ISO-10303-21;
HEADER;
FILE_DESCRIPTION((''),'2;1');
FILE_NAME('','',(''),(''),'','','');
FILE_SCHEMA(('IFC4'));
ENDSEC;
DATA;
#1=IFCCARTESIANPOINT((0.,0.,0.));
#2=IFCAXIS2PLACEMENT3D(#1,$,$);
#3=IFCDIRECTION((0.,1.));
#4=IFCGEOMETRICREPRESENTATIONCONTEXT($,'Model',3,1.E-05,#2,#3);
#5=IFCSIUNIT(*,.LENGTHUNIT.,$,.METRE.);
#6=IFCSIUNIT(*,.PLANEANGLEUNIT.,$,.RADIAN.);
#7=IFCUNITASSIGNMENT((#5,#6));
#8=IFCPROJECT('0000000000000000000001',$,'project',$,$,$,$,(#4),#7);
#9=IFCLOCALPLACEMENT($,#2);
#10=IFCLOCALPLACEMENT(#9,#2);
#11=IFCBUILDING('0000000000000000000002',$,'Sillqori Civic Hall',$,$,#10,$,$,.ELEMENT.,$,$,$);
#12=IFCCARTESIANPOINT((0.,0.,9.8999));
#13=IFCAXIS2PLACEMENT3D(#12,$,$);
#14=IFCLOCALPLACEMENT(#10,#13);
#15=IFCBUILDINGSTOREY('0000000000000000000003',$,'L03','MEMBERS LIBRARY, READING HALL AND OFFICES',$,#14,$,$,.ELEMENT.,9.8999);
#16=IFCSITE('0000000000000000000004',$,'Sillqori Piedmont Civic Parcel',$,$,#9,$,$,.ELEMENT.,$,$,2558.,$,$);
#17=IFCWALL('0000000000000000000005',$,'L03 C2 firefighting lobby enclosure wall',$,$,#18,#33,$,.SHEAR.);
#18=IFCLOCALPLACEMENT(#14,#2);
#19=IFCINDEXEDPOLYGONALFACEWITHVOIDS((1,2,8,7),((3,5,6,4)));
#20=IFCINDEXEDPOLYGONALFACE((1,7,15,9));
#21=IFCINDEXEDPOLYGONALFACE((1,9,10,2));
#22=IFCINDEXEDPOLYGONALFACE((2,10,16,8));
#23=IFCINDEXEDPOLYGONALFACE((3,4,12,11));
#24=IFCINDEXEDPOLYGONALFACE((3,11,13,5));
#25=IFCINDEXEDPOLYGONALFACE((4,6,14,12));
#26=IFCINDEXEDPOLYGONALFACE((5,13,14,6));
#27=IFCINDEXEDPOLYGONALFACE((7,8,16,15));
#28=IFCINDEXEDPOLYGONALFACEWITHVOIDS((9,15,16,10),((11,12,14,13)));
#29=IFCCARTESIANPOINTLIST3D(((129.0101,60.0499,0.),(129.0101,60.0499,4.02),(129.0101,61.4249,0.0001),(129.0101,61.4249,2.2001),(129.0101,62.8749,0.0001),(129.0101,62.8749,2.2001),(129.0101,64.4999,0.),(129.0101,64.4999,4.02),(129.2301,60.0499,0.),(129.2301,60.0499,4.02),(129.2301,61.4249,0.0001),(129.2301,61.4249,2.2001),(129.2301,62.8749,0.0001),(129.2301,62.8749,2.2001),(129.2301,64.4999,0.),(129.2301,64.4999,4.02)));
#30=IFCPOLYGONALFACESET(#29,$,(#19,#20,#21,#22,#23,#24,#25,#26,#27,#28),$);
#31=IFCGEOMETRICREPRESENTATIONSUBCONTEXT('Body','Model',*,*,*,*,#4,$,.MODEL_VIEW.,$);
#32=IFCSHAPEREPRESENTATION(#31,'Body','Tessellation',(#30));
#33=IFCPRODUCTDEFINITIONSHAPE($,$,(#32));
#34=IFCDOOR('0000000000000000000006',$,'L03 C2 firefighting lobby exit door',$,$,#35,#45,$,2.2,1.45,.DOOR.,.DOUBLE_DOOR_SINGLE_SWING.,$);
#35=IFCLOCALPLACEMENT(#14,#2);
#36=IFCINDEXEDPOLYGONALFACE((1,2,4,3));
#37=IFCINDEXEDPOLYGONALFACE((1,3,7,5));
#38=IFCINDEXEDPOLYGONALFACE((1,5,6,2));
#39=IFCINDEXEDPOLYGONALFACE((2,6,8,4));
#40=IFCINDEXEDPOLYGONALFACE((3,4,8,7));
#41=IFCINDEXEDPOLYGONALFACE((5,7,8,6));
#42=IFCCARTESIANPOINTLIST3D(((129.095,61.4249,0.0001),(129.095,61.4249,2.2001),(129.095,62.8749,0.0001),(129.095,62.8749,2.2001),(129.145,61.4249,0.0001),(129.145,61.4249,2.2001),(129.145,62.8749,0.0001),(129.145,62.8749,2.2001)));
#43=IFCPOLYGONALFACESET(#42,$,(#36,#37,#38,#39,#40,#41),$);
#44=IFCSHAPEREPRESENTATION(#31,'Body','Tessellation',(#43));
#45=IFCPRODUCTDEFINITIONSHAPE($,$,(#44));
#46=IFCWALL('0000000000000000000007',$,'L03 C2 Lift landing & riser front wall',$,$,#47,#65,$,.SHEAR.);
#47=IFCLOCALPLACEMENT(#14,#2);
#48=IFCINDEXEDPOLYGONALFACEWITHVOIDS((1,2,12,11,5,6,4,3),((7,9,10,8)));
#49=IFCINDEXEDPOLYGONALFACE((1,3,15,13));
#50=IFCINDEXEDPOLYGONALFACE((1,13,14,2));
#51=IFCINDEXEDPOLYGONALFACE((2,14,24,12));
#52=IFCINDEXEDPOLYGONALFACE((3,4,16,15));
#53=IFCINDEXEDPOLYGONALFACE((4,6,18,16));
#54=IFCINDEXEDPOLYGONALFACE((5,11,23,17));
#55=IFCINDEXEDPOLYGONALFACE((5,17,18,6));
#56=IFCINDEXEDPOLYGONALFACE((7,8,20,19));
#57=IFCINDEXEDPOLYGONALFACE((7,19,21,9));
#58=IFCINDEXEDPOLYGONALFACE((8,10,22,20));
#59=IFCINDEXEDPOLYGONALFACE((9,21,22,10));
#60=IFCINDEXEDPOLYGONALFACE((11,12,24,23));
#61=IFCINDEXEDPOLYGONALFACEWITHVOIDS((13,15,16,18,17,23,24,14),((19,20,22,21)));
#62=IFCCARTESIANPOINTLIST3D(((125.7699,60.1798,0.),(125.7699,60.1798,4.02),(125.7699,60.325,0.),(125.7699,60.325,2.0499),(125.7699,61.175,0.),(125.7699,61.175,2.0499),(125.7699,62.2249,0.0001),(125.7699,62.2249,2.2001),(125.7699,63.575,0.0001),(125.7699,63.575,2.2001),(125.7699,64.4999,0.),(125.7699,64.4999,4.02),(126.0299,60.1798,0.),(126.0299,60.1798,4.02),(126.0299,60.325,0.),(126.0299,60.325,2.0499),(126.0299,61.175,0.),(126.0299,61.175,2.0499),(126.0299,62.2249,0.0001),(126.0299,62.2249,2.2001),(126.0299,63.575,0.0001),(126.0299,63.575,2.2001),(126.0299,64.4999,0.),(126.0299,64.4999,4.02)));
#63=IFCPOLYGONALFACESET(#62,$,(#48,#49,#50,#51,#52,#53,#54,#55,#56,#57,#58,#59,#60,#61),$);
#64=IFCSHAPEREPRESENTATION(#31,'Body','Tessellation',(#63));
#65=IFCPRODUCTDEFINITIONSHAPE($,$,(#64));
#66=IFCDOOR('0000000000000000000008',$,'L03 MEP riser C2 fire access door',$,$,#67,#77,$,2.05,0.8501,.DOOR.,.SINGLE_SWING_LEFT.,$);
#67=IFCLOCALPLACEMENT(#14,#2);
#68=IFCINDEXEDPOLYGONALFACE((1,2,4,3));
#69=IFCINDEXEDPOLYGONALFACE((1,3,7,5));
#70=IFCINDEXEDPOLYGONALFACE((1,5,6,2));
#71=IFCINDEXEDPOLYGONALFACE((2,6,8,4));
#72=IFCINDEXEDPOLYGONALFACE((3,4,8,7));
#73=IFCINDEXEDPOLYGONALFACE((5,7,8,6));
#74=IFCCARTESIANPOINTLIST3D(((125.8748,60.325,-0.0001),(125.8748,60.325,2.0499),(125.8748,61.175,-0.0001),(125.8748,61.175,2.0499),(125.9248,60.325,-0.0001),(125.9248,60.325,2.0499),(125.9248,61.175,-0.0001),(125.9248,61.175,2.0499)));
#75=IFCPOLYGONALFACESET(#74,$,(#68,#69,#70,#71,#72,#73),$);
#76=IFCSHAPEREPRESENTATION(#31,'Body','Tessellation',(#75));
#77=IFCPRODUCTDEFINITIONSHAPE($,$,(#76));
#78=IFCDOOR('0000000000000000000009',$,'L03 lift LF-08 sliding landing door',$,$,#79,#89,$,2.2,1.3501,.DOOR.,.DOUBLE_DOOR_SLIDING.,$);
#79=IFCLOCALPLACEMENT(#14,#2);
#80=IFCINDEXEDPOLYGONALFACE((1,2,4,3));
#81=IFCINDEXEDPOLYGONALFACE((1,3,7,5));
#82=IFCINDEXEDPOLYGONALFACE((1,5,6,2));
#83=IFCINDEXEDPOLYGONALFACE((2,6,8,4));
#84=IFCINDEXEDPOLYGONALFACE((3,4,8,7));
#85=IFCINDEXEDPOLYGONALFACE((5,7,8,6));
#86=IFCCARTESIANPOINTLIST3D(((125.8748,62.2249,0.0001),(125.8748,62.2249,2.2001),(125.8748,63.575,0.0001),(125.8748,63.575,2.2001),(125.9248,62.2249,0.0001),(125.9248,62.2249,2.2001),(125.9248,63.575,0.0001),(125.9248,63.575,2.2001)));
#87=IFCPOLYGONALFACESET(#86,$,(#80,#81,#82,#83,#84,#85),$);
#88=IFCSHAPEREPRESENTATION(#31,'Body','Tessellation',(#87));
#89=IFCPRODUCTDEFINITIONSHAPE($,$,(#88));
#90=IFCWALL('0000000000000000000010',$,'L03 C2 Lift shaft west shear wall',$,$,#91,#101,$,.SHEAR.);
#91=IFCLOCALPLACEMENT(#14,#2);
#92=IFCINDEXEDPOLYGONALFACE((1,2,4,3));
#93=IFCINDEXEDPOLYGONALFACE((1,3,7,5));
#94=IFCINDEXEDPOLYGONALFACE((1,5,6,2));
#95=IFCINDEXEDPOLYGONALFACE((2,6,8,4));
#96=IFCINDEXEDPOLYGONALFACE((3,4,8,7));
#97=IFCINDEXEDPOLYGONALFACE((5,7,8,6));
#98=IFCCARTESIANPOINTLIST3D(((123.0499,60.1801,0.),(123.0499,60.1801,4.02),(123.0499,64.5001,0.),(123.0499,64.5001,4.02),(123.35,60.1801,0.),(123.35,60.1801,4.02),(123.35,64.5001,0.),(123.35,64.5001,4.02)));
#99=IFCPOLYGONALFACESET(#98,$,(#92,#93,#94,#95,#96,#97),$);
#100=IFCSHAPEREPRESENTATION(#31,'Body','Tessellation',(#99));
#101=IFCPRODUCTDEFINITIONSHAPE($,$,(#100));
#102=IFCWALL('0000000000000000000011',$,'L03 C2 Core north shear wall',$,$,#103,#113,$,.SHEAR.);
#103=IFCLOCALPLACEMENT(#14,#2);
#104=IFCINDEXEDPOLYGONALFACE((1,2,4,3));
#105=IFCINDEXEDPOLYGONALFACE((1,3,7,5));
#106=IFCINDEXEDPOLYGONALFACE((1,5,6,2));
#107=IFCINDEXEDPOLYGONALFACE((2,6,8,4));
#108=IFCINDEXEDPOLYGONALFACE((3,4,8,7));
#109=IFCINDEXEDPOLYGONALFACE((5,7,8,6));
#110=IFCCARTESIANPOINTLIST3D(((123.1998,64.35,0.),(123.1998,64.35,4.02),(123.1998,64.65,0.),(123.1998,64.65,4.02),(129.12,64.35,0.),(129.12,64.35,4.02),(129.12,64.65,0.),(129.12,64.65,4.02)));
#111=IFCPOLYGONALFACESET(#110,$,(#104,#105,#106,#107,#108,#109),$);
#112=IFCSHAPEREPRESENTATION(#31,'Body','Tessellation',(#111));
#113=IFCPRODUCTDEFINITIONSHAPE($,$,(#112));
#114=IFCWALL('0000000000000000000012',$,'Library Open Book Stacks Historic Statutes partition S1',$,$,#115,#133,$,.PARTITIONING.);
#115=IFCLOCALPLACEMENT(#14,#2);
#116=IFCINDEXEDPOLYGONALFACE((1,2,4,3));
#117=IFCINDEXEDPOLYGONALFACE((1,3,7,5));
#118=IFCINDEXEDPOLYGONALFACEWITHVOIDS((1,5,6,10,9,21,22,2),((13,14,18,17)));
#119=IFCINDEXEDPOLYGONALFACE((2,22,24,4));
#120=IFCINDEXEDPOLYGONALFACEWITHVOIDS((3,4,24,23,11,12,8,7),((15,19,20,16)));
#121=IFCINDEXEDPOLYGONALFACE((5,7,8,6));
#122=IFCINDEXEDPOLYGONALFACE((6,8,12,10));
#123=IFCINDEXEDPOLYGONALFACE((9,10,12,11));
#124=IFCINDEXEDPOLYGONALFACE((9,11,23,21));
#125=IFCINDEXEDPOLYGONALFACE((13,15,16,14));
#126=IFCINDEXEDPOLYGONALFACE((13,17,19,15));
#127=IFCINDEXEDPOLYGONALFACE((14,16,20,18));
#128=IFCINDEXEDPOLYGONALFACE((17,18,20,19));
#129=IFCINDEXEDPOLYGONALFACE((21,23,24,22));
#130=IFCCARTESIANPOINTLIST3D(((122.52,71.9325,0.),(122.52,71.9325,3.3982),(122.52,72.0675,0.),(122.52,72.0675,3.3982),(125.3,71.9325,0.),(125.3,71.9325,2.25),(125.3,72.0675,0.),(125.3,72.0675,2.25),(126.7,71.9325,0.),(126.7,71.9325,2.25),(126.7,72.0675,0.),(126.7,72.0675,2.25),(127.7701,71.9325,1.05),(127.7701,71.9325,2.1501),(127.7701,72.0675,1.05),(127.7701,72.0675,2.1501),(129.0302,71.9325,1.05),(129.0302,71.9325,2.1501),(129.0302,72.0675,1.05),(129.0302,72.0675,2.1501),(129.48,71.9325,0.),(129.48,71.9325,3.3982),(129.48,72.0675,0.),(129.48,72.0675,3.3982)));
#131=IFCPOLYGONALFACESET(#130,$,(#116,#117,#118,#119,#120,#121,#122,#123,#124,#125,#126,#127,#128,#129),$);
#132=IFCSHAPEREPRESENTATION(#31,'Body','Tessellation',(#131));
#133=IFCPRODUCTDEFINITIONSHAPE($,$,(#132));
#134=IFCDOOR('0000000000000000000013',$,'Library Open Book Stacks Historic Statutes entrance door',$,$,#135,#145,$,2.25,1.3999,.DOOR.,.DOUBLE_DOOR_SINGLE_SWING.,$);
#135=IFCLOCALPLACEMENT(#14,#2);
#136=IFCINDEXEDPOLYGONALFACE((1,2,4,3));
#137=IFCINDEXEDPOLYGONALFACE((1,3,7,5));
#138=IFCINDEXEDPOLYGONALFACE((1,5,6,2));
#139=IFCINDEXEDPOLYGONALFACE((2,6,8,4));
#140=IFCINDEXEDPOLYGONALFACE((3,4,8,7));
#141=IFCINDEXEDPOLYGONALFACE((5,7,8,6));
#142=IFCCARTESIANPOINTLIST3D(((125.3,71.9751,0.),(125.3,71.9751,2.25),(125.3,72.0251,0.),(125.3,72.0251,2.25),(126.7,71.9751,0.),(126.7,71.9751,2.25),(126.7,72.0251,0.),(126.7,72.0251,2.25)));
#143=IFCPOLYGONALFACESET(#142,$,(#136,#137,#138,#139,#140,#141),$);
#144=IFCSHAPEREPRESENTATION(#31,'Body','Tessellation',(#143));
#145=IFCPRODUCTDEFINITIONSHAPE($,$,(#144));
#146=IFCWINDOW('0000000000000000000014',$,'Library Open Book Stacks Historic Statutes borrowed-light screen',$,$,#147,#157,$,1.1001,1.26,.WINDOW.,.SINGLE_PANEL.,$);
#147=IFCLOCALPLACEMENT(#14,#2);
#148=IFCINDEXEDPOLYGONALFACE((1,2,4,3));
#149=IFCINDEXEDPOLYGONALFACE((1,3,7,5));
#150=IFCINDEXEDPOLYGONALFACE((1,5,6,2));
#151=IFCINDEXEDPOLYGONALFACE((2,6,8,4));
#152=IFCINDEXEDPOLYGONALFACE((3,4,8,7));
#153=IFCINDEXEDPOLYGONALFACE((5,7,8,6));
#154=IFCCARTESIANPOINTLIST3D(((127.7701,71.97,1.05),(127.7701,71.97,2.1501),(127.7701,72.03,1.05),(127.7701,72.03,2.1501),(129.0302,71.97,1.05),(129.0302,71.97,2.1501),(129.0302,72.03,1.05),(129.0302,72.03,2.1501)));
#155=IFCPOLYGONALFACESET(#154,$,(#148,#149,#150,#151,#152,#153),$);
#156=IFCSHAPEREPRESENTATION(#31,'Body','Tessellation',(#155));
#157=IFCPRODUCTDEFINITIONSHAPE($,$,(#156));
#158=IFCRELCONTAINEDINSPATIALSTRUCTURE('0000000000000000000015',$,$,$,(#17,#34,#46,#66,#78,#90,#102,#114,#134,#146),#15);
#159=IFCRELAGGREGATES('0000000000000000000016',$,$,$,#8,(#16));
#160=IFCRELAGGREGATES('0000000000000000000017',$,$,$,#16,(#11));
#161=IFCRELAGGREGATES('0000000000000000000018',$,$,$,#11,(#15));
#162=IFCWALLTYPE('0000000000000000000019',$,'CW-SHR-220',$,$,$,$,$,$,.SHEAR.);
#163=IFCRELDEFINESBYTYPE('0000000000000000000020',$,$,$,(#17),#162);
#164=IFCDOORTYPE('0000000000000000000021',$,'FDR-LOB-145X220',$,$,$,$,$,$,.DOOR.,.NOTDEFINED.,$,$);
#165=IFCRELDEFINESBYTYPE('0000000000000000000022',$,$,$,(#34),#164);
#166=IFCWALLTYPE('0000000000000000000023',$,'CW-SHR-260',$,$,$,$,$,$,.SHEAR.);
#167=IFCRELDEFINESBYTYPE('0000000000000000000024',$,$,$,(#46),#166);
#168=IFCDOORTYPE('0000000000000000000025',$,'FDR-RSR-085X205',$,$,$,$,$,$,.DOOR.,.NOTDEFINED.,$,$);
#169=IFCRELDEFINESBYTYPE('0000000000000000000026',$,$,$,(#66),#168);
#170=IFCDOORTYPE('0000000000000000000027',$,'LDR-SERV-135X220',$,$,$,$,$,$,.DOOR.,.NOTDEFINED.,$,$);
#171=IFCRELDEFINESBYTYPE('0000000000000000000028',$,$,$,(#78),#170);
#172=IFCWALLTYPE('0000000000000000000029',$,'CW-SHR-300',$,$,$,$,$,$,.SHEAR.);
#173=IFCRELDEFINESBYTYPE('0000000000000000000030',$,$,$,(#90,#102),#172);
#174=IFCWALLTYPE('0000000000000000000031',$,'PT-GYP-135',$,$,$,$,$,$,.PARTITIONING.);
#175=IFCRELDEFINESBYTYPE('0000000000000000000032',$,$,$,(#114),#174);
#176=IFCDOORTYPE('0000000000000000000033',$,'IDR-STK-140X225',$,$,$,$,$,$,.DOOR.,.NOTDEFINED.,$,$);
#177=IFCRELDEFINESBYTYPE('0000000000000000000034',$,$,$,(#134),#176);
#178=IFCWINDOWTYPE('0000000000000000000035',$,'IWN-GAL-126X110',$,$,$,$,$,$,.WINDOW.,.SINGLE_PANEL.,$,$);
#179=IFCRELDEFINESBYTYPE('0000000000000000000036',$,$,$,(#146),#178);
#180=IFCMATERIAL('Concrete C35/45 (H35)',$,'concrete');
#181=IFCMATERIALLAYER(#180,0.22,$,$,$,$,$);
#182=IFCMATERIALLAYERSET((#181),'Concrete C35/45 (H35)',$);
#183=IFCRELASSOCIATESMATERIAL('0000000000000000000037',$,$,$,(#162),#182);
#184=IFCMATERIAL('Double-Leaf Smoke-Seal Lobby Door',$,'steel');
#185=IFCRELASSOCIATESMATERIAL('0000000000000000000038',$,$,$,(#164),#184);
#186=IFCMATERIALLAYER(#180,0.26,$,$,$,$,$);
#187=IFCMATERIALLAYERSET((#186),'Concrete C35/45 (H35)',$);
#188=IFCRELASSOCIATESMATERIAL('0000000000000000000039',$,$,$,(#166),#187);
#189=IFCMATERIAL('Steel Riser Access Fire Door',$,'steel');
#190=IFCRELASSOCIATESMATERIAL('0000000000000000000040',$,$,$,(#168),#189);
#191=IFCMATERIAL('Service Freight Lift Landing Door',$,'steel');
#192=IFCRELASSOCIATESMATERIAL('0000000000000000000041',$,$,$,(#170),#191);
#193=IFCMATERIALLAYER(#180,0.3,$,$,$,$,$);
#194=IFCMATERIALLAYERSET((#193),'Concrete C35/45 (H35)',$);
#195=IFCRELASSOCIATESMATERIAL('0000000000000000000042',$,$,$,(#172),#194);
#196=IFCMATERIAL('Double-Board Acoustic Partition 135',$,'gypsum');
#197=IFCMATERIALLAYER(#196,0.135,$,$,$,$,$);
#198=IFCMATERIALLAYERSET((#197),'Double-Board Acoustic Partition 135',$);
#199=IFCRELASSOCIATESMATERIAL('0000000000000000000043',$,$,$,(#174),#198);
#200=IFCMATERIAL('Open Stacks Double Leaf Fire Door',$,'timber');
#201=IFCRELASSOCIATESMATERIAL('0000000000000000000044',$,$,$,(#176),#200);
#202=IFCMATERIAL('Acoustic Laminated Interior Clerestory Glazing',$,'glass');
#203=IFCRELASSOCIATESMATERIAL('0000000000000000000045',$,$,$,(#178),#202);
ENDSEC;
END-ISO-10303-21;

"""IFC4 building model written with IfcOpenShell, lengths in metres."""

from ifc_helpers import new_model, si_unit, direction, frame, frame_2d, origin, place, context, subcontext, project, spatial, rectangle, extrude, material, layer, layer_set, type_object, element, fill, save


model = new_model("IFC4")

# Units and contexts
model_context = context("Model", 3, precision=1e-05, world=origin(), true_north=direction((0.0, 1.0)))
body_context = subcontext(model_context, "Body", "Model", "MODEL_VIEW")
ifc_project = project(units=[si_unit("LENGTHUNIT", "METRE"), si_unit("PLANEANGLEUNIT", "RADIAN")], contexts=[model_context])

# Site, building, storey
site_placement = place(None, origin())
site = spatial("IfcSite", under=ifc_project, at=site_placement, Name="Sillqori Piedmont Civic Parcel", CompositionType="ELEMENT", RefElevation=2558.0)
building_placement = place(site_placement, origin())
building = spatial("IfcBuilding", under=site, at=building_placement, Name="Sillqori Civic Hall", CompositionType="ELEMENT")
storey_placement = place(building_placement, frame((0.0, 0.0, 9.8999)))
storey = spatial("IfcBuildingStorey", under=building, at=storey_placement, Name="L03", Description="MEMBERS LIBRARY, READING HALL AND OFFICES", CompositionType="ELEMENT", Elevation=9.8999)

# Shared definitions
ifc_material_1 = material(Name="Concrete C35/45 (H35)", Category="concrete")
ifc_layer_1 = layer(ifc_material_1, 0.22)
ifc_layer_set_1 = layer_set([ifc_layer_1], Name="Concrete C35/45 (H35)")
wall_type_1 = type_object("IfcWallType", Name="CW-SHR-220", PredefinedType="SHEAR", material=ifc_layer_set_1)

# Wall, opening, door
wall_1_placement = place(storey_placement, frame((129.1201, 64.5, 0.0), z_axis=(0.0, 0.0, 1.0), x_axis=(0.0, -1.0, 0.0)))
wall_1 = element("IfcWall", 1, at=wall_1_placement, inside=storey, type_object=wall_type_1, Name="L03 C2 firefighting lobby enclosure wall", PredefinedType="SHEAR", context=body_context, shape_type="SweptSolid", body=[
    extrude(rectangle(XDim=4.45, YDim=0.22, at=frame_2d((2.2251, 0.0))), origin(), (0.0, 0.0, 1.0), 4.02),
])
opening_1_placement = place(wall_1_placement, frame((1.625, 0.0, 0.0)))
opening_1 = element("IfcOpeningElement", 2, at=opening_1_placement, cuts=wall_1, PredefinedType="OPENING", context=body_context, shape_type="SweptSolid", body=[
    extrude(rectangle(XDim=1.45, YDim=2.2, at=frame_2d((0.7251, 1.1001))), frame((0.0, 0.1199, 0.0), z_axis=(0.0, -1.0, 0.0), x_axis=(1.0, 0.0, 0.0)), (0.0, 0.0, 1.0), 0.24),
])
ifc_material_2 = material(Name="Double-Leaf Smoke-Seal Lobby Door", Category="steel")
door_type_1 = type_object("IfcDoorType", Name="FDR-LOB-145X220", OperationType="NOTDEFINED", PredefinedType="DOOR", material=ifc_material_2)
door_1_placement = place(opening_1_placement, origin())
door_1 = element("IfcDoor", 3, at=door_1_placement, inside=storey, type_object=door_type_1, Name="L03 C2 firefighting lobby exit door", OperationType="DOUBLE_DOOR_SINGLE_SWING", OverallHeight=2.2, OverallWidth=1.45, PredefinedType="DOOR", context=body_context, shape_type="SweptSolid", body=[
    extrude(rectangle(XDim=1.45, YDim=2.2, at=frame_2d((0.7251, 1.1001))), frame((0.0, 0.0249, 0.0), z_axis=(0.0, -1.0, 0.0), x_axis=(1.0, 0.0, 0.0)), (0.0, 0.0, 1.0), 0.05),
])
fill(opening_1, door_1)

# Wall, openings, doors
ifc_layer_2 = layer(ifc_material_1, 0.26)
ifc_layer_set_2 = layer_set([ifc_layer_2], Name="Concrete C35/45 (H35)")
wall_type_2 = type_object("IfcWallType", Name="CW-SHR-260", PredefinedType="SHEAR", material=ifc_layer_set_2)
wall_2_placement = place(storey_placement, frame((125.8999, 64.5, 0.0), z_axis=(0.0, 0.0, 1.0), x_axis=(0.0, -1.0, 0.0)))
wall_2 = element("IfcWall", 4, at=wall_2_placement, inside=storey, type_object=wall_type_2, Name="L03 C2 Lift landing & riser front wall", PredefinedType="SHEAR", context=body_context, shape_type="SweptSolid", body=[
    extrude(rectangle(XDim=4.3201, YDim=0.26, at=frame_2d((2.1602, 0.0))), origin(), (0.0, 0.0, 1.0), 4.02),
])
opening_2_placement = place(wall_2_placement, frame((0.925, 0.0, 0.0)))
opening_2 = element("IfcOpeningElement", 5, at=opening_2_placement, cuts=wall_2, PredefinedType="OPENING", context=body_context, shape_type="SweptSolid", body=[
    extrude(rectangle(XDim=1.3501, YDim=2.2, at=frame_2d((0.675, 1.1001))), frame((0.0, 0.1399, 0.0), z_axis=(0.0, -1.0, 0.0), x_axis=(1.0, 0.0, 0.0)), (0.0, 0.0, 1.0), 0.28),
])
opening_3_placement = place(wall_2_placement, frame((3.325, 0.0, 0.0)))
opening_3 = element("IfcOpeningElement", 6, at=opening_3_placement, cuts=wall_2, PredefinedType="OPENING", context=body_context, shape_type="SweptSolid", body=[
    extrude(rectangle(XDim=0.8501, YDim=2.05, at=frame_2d((0.425, 1.0249))), frame((0.0, 0.1399, 0.0), z_axis=(0.0, -1.0, 0.0), x_axis=(1.0, 0.0, 0.0)), (0.0, 0.0, 1.0), 0.28),
])
ifc_material_3 = material(Name="Steel Riser Access Fire Door", Category="steel")
door_type_2 = type_object("IfcDoorType", Name="FDR-RSR-085X205", OperationType="NOTDEFINED", PredefinedType="DOOR", material=ifc_material_3)
door_2_placement = place(opening_3_placement, origin())
door_2 = element("IfcDoor", 7, at=door_2_placement, inside=storey, type_object=door_type_2, Name="L03 MEP riser C2 fire access door", OperationType="SINGLE_SWING_LEFT", OverallHeight=2.05, OverallWidth=0.8501, PredefinedType="DOOR", context=body_context, shape_type="SweptSolid", body=[
    extrude(rectangle(XDim=0.8501, YDim=2.05, at=frame_2d((0.425, 1.0249))), frame((0.0, 0.0249, 0.0), z_axis=(0.0, -1.0, 0.0), x_axis=(1.0, 0.0, 0.0)), (0.0, 0.0, 1.0), 0.05),
])
fill(opening_3, door_2)
ifc_material_4 = material(Name="Service Freight Lift Landing Door", Category="steel")
door_type_3 = type_object("IfcDoorType", Name="LDR-SERV-135X220", OperationType="NOTDEFINED", PredefinedType="DOOR", material=ifc_material_4)
door_3_placement = place(opening_2_placement, origin())
door_3 = element("IfcDoor", 8, at=door_3_placement, inside=storey, type_object=door_type_3, Name="L03 lift LF-08 sliding landing door", OperationType="DOUBLE_DOOR_SLIDING", OverallHeight=2.2, OverallWidth=1.3501, PredefinedType="DOOR", context=body_context, shape_type="SweptSolid", body=[
    extrude(rectangle(XDim=1.3501, YDim=2.2, at=frame_2d((0.675, 1.1001))), frame((0.0, 0.0249, 0.0), z_axis=(0.0, -1.0, 0.0), x_axis=(1.0, 0.0, 0.0)), (0.0, 0.0, 1.0), 0.05),
])
fill(opening_2, door_3)

# Walls
ifc_layer_3 = layer(ifc_material_1, 0.3)
ifc_layer_set_3 = layer_set([ifc_layer_3], Name="Concrete C35/45 (H35)")
wall_type_3 = type_object("IfcWallType", Name="CW-SHR-300", PredefinedType="SHEAR", material=ifc_layer_set_3)
wall_3_placement = place(storey_placement, frame((123.2, 60.1799, 0.0), z_axis=(0.0, 0.0, 1.0), x_axis=(0.0, 1.0, 0.0)))
element("IfcWall", 9, at=wall_3_placement, inside=storey, type_object=wall_type_3, Name="L03 C2 Lift shaft west shear wall", PredefinedType="SHEAR", context=body_context, shape_type="SweptSolid", body=[
    extrude(rectangle(XDim=4.3201, YDim=0.3, at=frame_2d((2.1602, 0.0))), origin(), (0.0, 0.0, 1.0), 4.02),
])
wall_4_placement = place(storey_placement, frame((123.2, 64.5, 0.0), z_axis=(0.0, 0.0, 1.0), x_axis=(1.0, 0.0, 0.0)))
element("IfcWall", 10, at=wall_4_placement, inside=storey, type_object=wall_type_3, Name="L03 C2 Core north shear wall", PredefinedType="SHEAR", context=body_context, shape_type="SweptSolid", body=[
    extrude(rectangle(XDim=5.9202, YDim=0.3, at=frame_2d((2.96, 0.0))), origin(), (0.0, 0.0, 1.0), 4.02),
])

# Wall, openings, door, window
ifc_material_5 = material(Name="Double-Board Acoustic Partition 135", Category="gypsum")
ifc_layer_4 = layer(ifc_material_5, 0.135)
ifc_layer_set_4 = layer_set([ifc_layer_4], Name="Double-Board Acoustic Partition 135")
wall_type_4 = type_object("IfcWallType", Name="PT-GYP-135", PredefinedType="PARTITIONING", material=ifc_layer_set_4)
wall_5_placement = place(storey_placement, frame((129.48, 72.0, 0.0), z_axis=(0.0, 0.0, 1.0), x_axis=(-1.0, 0.0, 0.0)))
wall_5 = element("IfcWall", 11, at=wall_5_placement, inside=storey, type_object=wall_type_4, Name="Library Open Book Stacks Historic Statutes partition S1", PredefinedType="PARTITIONING", context=body_context, shape_type="SweptSolid", body=[
    extrude(rectangle(XDim=6.96, YDim=0.135, at=frame_2d((3.48, 0.0))), origin(), (0.0, 0.0, 1.0), 3.3982),
])
opening_4_placement = place(wall_5_placement, frame((2.78, 0.0, 0.0)))
opening_4 = element("IfcOpeningElement", 12, at=opening_4_placement, cuts=wall_5, PredefinedType="OPENING", context=body_context, shape_type="SweptSolid", body=[
    extrude(rectangle(XDim=1.3999, YDim=2.25, at=frame_2d((0.7, 1.125))), frame((0.0, 0.0774, 0.0), z_axis=(0.0, -1.0, 0.0), x_axis=(1.0, 0.0, 0.0)), (0.0, 0.0, 1.0), 0.155),
])
opening_5_placement = place(wall_5_placement, frame((0.45, 0.0, 1.05)))
opening_5 = element("IfcOpeningElement", 13, at=opening_5_placement, cuts=wall_5, PredefinedType="OPENING", context=body_context, shape_type="SweptSolid", body=[
    extrude(rectangle(XDim=1.26, YDim=1.1001, at=frame_2d((0.6299, 0.55))), frame((0.0, 0.0774, 0.0), z_axis=(0.0, -1.0, 0.0), x_axis=(1.0, 0.0, 0.0)), (0.0, 0.0, 1.0), 0.155),
])
ifc_material_6 = material(Name="Open Stacks Double Leaf Fire Door", Category="timber")
door_type_4 = type_object("IfcDoorType", Name="IDR-STK-140X225", OperationType="NOTDEFINED", PredefinedType="DOOR", material=ifc_material_6)
door_4_placement = place(opening_4_placement, origin())
door_4 = element("IfcDoor", 14, at=door_4_placement, inside=storey, type_object=door_type_4, Name="Library Open Book Stacks Historic Statutes entrance door", OperationType="DOUBLE_DOOR_SINGLE_SWING", OverallHeight=2.25, OverallWidth=1.3999, PredefinedType="DOOR", context=body_context, shape_type="SweptSolid", body=[
    extrude(rectangle(XDim=1.3999, YDim=2.25, at=frame_2d((0.7, 1.125))), frame((0.0, 0.0249, 0.0), z_axis=(0.0, -1.0, 0.0), x_axis=(1.0, 0.0, 0.0)), (0.0, 0.0, 1.0), 0.05),
])
fill(opening_4, door_4)
ifc_material_7 = material(Name="Acoustic Laminated Interior Clerestory Glazing", Category="glass")
window_type = type_object("IfcWindowType", Name="IWN-GAL-126X110", PartitioningType="SINGLE_PANEL", PredefinedType="WINDOW", material=ifc_material_7)
window_placement = place(opening_5_placement, origin())
window = element("IfcWindow", 15, at=window_placement, inside=storey, type_object=window_type, Name="Library Open Book Stacks Historic Statutes borrowed-light screen", OverallHeight=1.1001, OverallWidth=1.26, PartitioningType="SINGLE_PANEL", PredefinedType="WINDOW", context=body_context, shape_type="SweptSolid", body=[
    extrude(rectangle(XDim=1.26, YDim=1.1001, at=frame_2d((0.6299, 0.55))), frame((0.0, 0.03, 0.0), z_axis=(0.0, -1.0, 0.0), x_axis=(1.0, 0.0, 0.0)), (0.0, 0.0, 1.0), 0.0601),
])
fill(opening_5, window)

save(model, "model.ifc")
